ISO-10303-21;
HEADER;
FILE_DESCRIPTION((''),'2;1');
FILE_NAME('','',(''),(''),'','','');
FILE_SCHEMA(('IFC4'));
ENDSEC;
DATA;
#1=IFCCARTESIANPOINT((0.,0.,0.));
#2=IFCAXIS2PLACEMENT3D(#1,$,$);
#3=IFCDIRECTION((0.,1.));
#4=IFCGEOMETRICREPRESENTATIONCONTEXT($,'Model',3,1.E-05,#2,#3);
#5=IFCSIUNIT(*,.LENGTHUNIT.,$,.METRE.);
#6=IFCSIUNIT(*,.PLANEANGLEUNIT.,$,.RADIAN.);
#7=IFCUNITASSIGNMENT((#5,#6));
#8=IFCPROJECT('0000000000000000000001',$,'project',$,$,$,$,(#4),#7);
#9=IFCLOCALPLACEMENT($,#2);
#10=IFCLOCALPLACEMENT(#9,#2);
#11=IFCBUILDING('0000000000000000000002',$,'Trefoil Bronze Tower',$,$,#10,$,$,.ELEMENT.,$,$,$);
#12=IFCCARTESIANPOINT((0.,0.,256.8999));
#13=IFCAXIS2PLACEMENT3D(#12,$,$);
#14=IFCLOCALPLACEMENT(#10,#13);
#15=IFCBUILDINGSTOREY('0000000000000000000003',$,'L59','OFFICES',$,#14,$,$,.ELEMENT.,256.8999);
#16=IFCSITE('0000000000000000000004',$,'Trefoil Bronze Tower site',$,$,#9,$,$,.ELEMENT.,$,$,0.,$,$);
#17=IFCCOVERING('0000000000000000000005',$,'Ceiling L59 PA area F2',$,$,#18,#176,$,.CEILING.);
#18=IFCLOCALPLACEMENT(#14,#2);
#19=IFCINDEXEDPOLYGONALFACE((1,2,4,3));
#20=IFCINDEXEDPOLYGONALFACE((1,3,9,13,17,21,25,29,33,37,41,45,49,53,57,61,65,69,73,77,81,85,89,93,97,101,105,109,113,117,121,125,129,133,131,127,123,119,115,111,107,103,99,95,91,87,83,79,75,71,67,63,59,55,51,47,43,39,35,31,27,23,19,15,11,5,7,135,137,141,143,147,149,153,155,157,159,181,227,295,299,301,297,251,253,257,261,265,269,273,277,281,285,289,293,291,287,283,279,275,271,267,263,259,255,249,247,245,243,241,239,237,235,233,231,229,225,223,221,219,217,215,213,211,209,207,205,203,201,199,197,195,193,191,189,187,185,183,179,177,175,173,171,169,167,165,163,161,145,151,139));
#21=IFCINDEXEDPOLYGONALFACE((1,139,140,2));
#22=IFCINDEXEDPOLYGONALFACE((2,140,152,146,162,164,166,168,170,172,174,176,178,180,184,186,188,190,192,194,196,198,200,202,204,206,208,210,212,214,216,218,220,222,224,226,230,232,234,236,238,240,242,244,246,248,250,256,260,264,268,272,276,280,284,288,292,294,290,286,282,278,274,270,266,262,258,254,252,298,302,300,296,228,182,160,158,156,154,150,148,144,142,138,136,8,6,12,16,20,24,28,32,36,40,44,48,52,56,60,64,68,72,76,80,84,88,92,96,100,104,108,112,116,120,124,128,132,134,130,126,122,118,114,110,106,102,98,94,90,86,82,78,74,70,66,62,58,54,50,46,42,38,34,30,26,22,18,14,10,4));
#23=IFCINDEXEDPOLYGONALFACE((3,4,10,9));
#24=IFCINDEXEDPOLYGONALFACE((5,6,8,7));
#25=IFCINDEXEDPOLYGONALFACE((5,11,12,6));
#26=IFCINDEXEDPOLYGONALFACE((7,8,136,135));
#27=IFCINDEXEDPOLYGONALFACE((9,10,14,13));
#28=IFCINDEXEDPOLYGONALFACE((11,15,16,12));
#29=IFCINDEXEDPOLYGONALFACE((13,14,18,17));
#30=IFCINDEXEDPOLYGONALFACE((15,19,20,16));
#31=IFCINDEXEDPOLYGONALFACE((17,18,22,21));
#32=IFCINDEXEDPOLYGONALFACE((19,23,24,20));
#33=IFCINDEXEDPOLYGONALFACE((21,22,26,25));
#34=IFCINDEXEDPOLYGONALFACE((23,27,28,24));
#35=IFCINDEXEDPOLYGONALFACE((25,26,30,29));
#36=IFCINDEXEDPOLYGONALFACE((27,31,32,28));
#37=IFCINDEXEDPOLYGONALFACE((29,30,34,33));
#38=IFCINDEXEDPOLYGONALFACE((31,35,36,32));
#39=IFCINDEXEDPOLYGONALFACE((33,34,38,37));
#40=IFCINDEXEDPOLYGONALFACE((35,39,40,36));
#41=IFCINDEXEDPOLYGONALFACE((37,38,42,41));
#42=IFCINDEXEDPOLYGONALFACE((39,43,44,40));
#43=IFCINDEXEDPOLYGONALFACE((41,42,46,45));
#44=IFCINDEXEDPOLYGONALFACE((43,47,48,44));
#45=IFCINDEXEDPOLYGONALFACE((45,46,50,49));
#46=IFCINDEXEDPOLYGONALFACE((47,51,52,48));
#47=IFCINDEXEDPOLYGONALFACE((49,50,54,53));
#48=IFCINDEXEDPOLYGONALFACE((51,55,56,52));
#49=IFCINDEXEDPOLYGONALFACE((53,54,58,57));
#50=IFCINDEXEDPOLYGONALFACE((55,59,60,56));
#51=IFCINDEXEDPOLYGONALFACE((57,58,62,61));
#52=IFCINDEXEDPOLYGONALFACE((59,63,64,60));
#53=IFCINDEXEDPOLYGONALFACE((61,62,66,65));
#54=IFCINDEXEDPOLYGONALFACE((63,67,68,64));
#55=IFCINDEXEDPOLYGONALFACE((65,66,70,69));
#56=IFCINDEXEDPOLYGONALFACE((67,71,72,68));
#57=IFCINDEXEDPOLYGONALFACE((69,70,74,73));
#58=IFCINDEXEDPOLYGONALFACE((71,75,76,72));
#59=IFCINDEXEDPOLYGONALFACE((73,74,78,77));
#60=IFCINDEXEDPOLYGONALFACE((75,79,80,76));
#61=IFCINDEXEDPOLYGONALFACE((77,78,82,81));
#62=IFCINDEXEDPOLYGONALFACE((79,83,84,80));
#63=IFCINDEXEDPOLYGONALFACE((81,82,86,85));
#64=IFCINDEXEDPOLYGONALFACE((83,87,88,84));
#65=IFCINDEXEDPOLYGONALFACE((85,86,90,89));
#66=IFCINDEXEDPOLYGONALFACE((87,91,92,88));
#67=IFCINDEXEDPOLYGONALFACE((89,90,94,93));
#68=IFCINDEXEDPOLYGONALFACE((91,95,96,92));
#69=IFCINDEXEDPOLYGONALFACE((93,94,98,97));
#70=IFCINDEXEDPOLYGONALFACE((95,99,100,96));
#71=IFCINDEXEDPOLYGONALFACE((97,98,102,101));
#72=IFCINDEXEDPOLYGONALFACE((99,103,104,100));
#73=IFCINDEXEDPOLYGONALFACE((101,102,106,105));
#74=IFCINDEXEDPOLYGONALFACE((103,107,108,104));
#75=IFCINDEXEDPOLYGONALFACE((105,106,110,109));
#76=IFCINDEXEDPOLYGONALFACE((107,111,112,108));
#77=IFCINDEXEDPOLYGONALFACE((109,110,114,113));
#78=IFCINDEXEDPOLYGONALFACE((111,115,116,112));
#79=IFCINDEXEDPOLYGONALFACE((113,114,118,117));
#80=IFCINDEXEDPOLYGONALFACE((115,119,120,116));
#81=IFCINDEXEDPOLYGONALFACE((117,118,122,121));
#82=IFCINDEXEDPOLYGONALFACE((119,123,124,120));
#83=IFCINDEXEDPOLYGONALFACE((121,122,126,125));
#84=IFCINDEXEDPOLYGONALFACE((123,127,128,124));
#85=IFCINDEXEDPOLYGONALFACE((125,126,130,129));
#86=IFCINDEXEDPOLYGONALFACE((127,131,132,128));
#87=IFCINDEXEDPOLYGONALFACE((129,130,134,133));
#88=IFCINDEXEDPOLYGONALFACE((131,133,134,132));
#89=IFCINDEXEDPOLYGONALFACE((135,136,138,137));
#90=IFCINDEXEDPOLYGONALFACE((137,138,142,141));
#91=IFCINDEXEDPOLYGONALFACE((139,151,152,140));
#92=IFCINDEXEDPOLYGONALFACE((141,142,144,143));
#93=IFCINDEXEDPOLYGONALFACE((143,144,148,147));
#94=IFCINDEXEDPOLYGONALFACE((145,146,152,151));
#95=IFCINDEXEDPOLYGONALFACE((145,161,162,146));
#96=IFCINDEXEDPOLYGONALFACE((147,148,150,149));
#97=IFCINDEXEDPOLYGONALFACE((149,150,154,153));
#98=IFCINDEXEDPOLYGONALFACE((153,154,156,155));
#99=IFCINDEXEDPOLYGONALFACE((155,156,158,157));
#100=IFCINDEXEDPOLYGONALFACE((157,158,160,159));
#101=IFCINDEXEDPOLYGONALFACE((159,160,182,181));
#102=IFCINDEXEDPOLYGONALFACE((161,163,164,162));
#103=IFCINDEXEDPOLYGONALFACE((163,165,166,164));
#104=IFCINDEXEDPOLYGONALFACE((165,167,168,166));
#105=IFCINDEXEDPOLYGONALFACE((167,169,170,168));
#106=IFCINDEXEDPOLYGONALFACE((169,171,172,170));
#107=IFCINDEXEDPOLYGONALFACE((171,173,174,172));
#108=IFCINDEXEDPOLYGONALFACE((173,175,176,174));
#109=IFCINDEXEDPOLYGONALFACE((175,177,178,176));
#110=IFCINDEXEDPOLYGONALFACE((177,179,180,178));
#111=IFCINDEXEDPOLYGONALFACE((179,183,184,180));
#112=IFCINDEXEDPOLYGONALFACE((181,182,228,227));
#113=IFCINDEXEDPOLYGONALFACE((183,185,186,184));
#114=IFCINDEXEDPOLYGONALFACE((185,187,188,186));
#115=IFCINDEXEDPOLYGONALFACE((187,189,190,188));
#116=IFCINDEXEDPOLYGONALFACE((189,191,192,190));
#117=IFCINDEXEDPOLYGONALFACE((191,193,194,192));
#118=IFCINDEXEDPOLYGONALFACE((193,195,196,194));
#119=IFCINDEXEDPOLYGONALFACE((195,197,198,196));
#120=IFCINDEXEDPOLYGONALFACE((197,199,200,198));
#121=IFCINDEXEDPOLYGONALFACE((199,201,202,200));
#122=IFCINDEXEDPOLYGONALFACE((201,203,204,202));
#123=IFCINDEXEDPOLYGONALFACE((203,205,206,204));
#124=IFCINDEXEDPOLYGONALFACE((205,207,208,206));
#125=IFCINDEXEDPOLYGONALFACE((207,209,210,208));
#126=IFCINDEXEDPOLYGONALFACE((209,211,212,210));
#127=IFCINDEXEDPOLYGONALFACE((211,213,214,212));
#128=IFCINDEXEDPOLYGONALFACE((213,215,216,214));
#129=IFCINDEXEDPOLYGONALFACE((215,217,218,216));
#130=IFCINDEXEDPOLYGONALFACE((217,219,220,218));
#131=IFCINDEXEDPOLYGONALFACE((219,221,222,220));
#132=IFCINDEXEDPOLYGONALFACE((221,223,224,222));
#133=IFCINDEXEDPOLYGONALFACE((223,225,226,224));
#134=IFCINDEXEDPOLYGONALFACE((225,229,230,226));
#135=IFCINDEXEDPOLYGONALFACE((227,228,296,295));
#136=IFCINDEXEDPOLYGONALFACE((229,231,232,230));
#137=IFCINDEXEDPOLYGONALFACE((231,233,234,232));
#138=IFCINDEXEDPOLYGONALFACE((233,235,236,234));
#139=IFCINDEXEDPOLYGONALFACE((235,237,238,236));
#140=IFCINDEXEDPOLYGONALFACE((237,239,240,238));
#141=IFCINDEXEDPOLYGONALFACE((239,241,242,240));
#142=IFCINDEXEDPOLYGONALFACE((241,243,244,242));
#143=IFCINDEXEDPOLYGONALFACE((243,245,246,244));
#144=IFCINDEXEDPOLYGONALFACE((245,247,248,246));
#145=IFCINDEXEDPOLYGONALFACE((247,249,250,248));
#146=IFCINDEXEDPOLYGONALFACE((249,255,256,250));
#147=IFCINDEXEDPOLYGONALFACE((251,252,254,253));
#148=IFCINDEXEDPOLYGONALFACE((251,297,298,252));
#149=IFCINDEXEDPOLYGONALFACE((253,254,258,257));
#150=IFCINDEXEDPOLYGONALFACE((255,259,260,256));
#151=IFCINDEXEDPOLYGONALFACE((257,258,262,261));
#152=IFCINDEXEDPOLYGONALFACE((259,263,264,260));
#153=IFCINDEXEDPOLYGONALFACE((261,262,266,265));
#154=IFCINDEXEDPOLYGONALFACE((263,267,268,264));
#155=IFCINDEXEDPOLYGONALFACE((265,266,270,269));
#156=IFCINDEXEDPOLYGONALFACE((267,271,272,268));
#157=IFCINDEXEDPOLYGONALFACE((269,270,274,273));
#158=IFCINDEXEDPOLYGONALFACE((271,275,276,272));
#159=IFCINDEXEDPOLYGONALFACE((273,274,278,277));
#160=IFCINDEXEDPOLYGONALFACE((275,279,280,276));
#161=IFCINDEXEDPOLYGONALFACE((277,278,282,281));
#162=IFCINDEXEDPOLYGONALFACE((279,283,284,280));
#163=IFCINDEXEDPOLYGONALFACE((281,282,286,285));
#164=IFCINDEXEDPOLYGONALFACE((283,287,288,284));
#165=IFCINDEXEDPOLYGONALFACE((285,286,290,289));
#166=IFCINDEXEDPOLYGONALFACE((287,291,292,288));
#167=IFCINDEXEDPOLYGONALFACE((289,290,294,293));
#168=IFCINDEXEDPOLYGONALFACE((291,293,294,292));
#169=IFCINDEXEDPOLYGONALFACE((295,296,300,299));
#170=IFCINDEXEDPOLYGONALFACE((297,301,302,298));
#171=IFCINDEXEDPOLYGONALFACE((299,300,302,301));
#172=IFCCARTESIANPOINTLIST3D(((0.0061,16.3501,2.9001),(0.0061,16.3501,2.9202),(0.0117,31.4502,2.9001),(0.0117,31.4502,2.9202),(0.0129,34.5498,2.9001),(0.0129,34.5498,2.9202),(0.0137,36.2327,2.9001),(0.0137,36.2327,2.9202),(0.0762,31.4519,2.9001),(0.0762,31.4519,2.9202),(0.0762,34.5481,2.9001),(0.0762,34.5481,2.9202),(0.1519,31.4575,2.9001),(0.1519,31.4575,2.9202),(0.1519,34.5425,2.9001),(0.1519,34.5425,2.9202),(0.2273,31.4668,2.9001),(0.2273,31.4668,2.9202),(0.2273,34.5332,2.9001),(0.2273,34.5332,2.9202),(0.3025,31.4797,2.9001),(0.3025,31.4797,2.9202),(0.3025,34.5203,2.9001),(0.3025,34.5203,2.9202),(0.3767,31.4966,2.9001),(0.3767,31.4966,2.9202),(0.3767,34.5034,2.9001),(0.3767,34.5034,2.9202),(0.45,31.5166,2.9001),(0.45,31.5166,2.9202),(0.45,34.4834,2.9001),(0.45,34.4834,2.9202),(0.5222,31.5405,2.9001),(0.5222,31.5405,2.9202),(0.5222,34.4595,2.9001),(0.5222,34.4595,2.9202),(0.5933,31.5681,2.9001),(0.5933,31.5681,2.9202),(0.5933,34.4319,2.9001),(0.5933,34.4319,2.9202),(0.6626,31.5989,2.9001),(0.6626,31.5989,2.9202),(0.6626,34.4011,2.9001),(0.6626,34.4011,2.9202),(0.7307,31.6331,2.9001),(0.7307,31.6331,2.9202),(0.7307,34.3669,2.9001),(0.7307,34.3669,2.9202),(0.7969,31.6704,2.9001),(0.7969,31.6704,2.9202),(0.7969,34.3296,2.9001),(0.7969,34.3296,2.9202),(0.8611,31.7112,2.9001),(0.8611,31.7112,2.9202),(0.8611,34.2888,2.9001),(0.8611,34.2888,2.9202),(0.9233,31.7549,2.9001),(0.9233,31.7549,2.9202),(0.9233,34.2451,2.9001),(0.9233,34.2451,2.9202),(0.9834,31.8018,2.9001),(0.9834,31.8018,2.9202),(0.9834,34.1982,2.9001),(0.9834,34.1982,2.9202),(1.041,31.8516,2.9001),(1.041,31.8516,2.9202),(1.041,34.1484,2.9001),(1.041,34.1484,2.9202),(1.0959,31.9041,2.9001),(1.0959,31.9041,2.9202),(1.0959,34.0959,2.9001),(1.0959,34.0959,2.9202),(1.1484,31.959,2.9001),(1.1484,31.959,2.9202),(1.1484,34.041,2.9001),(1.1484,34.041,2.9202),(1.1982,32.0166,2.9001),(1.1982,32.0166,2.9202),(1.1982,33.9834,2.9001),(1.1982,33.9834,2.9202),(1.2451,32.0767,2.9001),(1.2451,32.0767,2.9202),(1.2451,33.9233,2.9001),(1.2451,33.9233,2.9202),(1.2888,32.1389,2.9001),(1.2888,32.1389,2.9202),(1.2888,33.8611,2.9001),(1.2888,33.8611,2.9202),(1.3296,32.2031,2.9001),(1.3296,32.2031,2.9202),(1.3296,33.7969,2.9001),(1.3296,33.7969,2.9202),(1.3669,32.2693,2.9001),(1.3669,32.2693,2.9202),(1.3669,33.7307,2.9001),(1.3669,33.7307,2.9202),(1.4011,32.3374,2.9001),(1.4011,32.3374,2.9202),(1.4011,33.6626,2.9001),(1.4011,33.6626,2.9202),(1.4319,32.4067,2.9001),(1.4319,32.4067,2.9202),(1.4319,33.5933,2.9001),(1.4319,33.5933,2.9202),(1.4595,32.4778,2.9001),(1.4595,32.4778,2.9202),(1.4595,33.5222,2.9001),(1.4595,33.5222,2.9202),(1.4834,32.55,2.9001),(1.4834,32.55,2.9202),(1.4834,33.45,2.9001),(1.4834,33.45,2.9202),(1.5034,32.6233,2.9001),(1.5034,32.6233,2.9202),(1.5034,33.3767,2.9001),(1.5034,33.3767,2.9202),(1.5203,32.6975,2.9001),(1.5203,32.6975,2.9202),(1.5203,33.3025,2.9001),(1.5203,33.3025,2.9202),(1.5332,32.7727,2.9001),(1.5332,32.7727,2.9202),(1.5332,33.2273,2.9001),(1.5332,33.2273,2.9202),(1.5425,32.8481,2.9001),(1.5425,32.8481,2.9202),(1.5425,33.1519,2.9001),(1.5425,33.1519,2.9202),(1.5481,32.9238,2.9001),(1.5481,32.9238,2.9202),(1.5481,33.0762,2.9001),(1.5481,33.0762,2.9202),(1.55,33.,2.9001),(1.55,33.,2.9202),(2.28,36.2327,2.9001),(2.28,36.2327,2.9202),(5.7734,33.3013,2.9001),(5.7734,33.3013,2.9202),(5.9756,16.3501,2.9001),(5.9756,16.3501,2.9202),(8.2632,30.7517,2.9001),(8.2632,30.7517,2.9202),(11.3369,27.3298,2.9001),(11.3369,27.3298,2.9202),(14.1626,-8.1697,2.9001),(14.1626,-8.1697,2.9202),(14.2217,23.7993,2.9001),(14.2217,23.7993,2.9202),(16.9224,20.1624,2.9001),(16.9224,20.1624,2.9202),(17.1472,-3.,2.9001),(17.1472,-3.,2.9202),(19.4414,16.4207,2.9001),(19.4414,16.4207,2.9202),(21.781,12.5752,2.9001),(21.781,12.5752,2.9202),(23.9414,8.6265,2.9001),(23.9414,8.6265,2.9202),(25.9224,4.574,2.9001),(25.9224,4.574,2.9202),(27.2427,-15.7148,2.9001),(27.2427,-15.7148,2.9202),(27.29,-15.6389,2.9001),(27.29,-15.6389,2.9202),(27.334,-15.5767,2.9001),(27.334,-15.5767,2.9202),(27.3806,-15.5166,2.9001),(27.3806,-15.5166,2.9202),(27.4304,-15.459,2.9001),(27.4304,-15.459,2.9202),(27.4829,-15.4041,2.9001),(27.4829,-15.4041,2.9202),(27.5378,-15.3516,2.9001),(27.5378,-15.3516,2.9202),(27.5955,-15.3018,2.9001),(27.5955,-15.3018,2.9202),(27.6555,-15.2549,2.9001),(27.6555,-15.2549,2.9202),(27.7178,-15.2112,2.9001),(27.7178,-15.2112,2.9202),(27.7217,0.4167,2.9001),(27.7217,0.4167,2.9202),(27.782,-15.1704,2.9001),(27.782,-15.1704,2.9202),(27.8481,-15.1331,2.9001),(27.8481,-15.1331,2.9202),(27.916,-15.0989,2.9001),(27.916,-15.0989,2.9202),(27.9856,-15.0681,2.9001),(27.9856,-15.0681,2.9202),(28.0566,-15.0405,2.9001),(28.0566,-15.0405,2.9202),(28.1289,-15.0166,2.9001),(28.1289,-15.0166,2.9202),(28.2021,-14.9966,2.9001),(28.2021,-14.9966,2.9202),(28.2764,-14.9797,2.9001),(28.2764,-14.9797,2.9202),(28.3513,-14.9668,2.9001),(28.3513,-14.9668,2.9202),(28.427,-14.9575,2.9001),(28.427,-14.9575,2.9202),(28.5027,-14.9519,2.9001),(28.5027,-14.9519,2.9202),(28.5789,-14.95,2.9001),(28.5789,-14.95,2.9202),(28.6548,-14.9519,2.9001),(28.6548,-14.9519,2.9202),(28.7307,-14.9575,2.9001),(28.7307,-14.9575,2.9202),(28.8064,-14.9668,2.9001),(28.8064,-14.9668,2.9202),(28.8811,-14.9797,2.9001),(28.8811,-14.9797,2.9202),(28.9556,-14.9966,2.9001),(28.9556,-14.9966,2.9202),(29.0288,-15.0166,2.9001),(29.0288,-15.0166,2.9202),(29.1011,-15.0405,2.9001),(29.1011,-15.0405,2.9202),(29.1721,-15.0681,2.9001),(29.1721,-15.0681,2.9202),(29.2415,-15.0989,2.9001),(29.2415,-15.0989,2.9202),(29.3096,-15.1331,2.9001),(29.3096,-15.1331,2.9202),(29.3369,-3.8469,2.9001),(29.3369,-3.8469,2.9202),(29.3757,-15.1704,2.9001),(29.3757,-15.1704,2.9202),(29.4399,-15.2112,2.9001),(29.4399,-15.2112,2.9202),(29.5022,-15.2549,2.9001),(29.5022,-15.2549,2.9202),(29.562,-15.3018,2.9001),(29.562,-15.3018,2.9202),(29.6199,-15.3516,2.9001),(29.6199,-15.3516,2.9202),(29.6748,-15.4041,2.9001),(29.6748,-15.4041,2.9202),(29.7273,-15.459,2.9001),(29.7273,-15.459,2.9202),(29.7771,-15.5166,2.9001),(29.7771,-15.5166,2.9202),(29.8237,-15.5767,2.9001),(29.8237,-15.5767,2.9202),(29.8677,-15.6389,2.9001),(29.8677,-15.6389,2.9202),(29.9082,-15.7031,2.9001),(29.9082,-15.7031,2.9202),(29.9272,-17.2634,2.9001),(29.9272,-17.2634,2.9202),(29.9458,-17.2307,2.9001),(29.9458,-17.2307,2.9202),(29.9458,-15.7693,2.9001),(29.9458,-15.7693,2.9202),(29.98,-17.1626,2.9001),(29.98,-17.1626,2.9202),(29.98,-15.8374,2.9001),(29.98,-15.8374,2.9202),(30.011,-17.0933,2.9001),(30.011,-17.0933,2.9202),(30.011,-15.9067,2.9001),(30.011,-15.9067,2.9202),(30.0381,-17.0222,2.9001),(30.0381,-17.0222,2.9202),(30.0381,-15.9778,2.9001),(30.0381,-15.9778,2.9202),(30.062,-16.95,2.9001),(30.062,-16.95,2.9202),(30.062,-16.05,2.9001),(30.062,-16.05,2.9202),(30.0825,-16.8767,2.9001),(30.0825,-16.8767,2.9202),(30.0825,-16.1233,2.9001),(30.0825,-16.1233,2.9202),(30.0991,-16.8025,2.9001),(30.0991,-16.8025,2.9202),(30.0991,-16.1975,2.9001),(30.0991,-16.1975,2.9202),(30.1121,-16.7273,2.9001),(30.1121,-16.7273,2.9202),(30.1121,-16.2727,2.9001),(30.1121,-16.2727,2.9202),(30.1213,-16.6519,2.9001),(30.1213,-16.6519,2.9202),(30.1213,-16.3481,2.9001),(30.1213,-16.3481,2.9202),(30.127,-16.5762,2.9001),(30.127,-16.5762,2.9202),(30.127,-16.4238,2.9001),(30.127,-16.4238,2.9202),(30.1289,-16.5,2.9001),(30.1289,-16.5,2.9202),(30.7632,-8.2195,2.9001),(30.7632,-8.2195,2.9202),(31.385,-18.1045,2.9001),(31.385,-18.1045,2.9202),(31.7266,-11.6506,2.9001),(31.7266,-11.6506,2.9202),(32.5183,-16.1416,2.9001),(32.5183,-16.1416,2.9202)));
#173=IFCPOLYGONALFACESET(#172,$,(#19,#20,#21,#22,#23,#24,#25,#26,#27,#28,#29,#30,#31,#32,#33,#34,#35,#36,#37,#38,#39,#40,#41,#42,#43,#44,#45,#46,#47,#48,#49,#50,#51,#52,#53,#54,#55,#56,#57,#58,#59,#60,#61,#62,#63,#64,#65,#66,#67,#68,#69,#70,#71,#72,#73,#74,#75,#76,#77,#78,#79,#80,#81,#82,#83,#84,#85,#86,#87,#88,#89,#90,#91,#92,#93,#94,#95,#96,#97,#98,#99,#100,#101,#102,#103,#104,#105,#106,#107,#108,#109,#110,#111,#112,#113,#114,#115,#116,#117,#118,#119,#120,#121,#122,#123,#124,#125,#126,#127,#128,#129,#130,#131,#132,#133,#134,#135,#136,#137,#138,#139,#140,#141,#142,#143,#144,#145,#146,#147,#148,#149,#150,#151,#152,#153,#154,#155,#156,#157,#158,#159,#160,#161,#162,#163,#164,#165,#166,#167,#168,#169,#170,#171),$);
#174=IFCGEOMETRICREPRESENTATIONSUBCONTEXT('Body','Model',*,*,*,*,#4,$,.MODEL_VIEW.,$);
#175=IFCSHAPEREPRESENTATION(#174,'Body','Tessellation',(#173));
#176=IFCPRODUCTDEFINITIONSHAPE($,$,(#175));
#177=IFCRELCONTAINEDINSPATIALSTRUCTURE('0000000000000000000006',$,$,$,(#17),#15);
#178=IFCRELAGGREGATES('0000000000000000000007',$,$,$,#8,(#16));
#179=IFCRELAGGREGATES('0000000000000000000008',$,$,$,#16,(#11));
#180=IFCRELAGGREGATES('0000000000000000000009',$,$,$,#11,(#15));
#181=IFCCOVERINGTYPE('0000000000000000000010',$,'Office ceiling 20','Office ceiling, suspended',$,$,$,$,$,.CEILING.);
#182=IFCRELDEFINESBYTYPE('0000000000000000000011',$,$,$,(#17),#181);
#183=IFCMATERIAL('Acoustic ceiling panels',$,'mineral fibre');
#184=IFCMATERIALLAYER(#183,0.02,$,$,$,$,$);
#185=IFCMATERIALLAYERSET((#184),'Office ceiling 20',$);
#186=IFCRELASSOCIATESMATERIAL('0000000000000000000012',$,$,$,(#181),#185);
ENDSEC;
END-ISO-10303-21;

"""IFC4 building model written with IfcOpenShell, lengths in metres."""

from ifc_helpers import new_model, si_unit, direction, frame, origin, place, context, subcontext, project, spatial, polyline, outline, extrude, material, layer, layer_set, type_object, element, save


model = new_model("IFC4")

# Units and contexts
model_context = context("Model", 3, precision=1e-05, world=origin(), true_north=direction((0.0, 1.0)))
body_context = subcontext(model_context, "Body", "Model", "MODEL_VIEW")
ifc_project = project(units=[si_unit("LENGTHUNIT", "METRE"), si_unit("PLANEANGLEUNIT", "RADIAN")], contexts=[model_context])

# Site, building, storey
site_placement = place(None, origin())
site = spatial("IfcSite", under=ifc_project, at=site_placement, Name="Trefoil Bronze Tower site", CompositionType="ELEMENT", RefElevation=0.0)
building_placement = place(site_placement, origin())
building = spatial("IfcBuilding", under=site, at=building_placement, Name="Trefoil Bronze Tower", CompositionType="ELEMENT")
storey_placement = place(building_placement, frame((0.0, 0.0, 256.8999)))
storey = spatial("IfcBuildingStorey", under=building, at=storey_placement, Name="L59", Description="OFFICES", CompositionType="ELEMENT", Elevation=256.8999)

# Covering
ifc_material_1 = material(Name="Acoustic ceiling panels", Category="mineral fibre")
ifc_layer_1 = layer(ifc_material_1, 0.02)
ifc_layer_set_1 = layer_set([ifc_layer_1], Name="Office ceiling 20")
covering_type_1 = type_object("IfcCoveringType", Name="Office ceiling 20", Description="Office ceiling, suspended", PredefinedType="CEILING", material=ifc_layer_set_1)
covering_1_placement = place(storey_placement, frame((0.0, 0.0, 2.9001)))
element("IfcCovering", 1, at=covering_1_placement, inside=storey, type_object=covering_type_1, Name="Ceiling L59 PA area F2", PredefinedType="CEILING", context=body_context, shape_type="SweptSolid", body=[
    extrude(outline(polyline([(8.2632, 30.7517), (11.3369, 27.3298), (14.2217, 23.7993), (16.9224, 20.1624), (19.4414, 16.4207), (21.781, 12.5752), (23.9414, 8.6265), (25.9224, 4.574), (27.7217, 0.4167), (29.3369, -3.8469), (30.7632, -8.2195), (31.7266, -11.6506), (32.5183, -16.1416), (31.385, -18.1045), (29.9272, -17.2634), (29.9458, -17.2307), (29.98, -17.1626), (30.011, -17.0933), (30.0381, -17.0222), (30.062, -16.95), (30.0825, -16.8767), (30.0991, -16.8025), (30.1121, -16.7273), (30.1213, -16.6519), (30.127, -16.5762), (30.1289, -16.5), (30.127, -16.4238), (30.1213, -16.3481), (30.1121, -16.2727), (30.0991, -16.1975), (30.0825, -16.1233), (30.062, -16.05), (30.0381, -15.9778), (30.011, -15.9067), (29.98, -15.8374), (29.9458, -15.7693), (29.9082, -15.7031), (29.8677, -15.6389), (29.8237, -15.5767), (29.7771, -15.5166), (29.7273, -15.459), (29.6748, -15.4041), (29.6199, -15.3516), (29.562, -15.3018), (29.5022, -15.2549), (29.4399, -15.2112), (29.3757, -15.1704), (29.3096, -15.1331), (29.2415, -15.0989), (29.1721, -15.0681), (29.1011, -15.0405), (29.0288, -15.0166), (28.9556, -14.9966), (28.8811, -14.9797), (28.8064, -14.9668), (28.7307, -14.9575), (28.6548, -14.9519), (28.5789, -14.95), (28.5027, -14.9519), (28.427, -14.9575), (28.3513, -14.9668), (28.2764, -14.9797), (28.2021, -14.9966), (28.1289, -15.0166), (28.0566, -15.0405), (27.9856, -15.0681), (27.916, -15.0989), (27.8481, -15.1331), (27.782, -15.1704), (27.7178, -15.2112), (27.6555, -15.2549), (27.5955, -15.3018), (27.5378, -15.3516), (27.4829, -15.4041), (27.4304, -15.459), (27.3806, -15.5166), (27.334, -15.5767), (27.29, -15.6389), (27.2427, -15.7148), (14.1626, -8.1697), (17.1472, -3.0), (5.9756, 16.3501), (0.0061, 16.3501), (0.0117, 31.4502), (0.0762, 31.4519), (0.1519, 31.4575), (0.2273, 31.4668), (0.3025, 31.4797), (0.3767, 31.4966), (0.45, 31.5166), (0.5222, 31.5405), (0.5933, 31.5681), (0.6626, 31.5989), (0.7307, 31.6331), (0.7969, 31.6704), (0.8611, 31.7112), (0.9233, 31.7549), (0.9834, 31.8018), (1.041, 31.8516), (1.0959, 31.9041), (1.1484, 31.959), (1.1982, 32.0166), (1.2451, 32.0767), (1.2888, 32.1389), (1.3296, 32.2031), (1.3669, 32.2693), (1.4011, 32.3374), (1.4319, 32.4067), (1.4595, 32.4778), (1.4834, 32.55), (1.5034, 32.6233), (1.5203, 32.6975), (1.5332, 32.7727), (1.5425, 32.8481), (1.5481, 32.9238), (1.55, 33.0), (1.5481, 33.0762), (1.5425, 33.1519), (1.5332, 33.2273), (1.5203, 33.3025), (1.5034, 33.3767), (1.4834, 33.45), (1.4595, 33.5222), (1.4319, 33.5933), (1.4011, 33.6626), (1.3669, 33.7307), (1.3296, 33.7969), (1.2888, 33.8611), (1.2451, 33.9233), (1.1982, 33.9834), (1.1484, 34.041), (1.0959, 34.0959), (1.041, 34.1484), (0.9834, 34.1982), (0.9233, 34.2451), (0.8611, 34.2888), (0.7969, 34.3296), (0.7307, 34.3669), (0.6626, 34.4011), (0.5933, 34.4319), (0.5222, 34.4595), (0.45, 34.4834), (0.3767, 34.5034), (0.3025, 34.5203), (0.2273, 34.5332), (0.1519, 34.5425), (0.0762, 34.5481), (0.0129, 34.5498), (0.0137, 36.2327), (2.28, 36.2327), (5.7734, 33.3013), (8.2632, 30.7517)])), origin(), (0.0, 0.0, 1.0), 0.02),
])

save(model, "model.ifc")
